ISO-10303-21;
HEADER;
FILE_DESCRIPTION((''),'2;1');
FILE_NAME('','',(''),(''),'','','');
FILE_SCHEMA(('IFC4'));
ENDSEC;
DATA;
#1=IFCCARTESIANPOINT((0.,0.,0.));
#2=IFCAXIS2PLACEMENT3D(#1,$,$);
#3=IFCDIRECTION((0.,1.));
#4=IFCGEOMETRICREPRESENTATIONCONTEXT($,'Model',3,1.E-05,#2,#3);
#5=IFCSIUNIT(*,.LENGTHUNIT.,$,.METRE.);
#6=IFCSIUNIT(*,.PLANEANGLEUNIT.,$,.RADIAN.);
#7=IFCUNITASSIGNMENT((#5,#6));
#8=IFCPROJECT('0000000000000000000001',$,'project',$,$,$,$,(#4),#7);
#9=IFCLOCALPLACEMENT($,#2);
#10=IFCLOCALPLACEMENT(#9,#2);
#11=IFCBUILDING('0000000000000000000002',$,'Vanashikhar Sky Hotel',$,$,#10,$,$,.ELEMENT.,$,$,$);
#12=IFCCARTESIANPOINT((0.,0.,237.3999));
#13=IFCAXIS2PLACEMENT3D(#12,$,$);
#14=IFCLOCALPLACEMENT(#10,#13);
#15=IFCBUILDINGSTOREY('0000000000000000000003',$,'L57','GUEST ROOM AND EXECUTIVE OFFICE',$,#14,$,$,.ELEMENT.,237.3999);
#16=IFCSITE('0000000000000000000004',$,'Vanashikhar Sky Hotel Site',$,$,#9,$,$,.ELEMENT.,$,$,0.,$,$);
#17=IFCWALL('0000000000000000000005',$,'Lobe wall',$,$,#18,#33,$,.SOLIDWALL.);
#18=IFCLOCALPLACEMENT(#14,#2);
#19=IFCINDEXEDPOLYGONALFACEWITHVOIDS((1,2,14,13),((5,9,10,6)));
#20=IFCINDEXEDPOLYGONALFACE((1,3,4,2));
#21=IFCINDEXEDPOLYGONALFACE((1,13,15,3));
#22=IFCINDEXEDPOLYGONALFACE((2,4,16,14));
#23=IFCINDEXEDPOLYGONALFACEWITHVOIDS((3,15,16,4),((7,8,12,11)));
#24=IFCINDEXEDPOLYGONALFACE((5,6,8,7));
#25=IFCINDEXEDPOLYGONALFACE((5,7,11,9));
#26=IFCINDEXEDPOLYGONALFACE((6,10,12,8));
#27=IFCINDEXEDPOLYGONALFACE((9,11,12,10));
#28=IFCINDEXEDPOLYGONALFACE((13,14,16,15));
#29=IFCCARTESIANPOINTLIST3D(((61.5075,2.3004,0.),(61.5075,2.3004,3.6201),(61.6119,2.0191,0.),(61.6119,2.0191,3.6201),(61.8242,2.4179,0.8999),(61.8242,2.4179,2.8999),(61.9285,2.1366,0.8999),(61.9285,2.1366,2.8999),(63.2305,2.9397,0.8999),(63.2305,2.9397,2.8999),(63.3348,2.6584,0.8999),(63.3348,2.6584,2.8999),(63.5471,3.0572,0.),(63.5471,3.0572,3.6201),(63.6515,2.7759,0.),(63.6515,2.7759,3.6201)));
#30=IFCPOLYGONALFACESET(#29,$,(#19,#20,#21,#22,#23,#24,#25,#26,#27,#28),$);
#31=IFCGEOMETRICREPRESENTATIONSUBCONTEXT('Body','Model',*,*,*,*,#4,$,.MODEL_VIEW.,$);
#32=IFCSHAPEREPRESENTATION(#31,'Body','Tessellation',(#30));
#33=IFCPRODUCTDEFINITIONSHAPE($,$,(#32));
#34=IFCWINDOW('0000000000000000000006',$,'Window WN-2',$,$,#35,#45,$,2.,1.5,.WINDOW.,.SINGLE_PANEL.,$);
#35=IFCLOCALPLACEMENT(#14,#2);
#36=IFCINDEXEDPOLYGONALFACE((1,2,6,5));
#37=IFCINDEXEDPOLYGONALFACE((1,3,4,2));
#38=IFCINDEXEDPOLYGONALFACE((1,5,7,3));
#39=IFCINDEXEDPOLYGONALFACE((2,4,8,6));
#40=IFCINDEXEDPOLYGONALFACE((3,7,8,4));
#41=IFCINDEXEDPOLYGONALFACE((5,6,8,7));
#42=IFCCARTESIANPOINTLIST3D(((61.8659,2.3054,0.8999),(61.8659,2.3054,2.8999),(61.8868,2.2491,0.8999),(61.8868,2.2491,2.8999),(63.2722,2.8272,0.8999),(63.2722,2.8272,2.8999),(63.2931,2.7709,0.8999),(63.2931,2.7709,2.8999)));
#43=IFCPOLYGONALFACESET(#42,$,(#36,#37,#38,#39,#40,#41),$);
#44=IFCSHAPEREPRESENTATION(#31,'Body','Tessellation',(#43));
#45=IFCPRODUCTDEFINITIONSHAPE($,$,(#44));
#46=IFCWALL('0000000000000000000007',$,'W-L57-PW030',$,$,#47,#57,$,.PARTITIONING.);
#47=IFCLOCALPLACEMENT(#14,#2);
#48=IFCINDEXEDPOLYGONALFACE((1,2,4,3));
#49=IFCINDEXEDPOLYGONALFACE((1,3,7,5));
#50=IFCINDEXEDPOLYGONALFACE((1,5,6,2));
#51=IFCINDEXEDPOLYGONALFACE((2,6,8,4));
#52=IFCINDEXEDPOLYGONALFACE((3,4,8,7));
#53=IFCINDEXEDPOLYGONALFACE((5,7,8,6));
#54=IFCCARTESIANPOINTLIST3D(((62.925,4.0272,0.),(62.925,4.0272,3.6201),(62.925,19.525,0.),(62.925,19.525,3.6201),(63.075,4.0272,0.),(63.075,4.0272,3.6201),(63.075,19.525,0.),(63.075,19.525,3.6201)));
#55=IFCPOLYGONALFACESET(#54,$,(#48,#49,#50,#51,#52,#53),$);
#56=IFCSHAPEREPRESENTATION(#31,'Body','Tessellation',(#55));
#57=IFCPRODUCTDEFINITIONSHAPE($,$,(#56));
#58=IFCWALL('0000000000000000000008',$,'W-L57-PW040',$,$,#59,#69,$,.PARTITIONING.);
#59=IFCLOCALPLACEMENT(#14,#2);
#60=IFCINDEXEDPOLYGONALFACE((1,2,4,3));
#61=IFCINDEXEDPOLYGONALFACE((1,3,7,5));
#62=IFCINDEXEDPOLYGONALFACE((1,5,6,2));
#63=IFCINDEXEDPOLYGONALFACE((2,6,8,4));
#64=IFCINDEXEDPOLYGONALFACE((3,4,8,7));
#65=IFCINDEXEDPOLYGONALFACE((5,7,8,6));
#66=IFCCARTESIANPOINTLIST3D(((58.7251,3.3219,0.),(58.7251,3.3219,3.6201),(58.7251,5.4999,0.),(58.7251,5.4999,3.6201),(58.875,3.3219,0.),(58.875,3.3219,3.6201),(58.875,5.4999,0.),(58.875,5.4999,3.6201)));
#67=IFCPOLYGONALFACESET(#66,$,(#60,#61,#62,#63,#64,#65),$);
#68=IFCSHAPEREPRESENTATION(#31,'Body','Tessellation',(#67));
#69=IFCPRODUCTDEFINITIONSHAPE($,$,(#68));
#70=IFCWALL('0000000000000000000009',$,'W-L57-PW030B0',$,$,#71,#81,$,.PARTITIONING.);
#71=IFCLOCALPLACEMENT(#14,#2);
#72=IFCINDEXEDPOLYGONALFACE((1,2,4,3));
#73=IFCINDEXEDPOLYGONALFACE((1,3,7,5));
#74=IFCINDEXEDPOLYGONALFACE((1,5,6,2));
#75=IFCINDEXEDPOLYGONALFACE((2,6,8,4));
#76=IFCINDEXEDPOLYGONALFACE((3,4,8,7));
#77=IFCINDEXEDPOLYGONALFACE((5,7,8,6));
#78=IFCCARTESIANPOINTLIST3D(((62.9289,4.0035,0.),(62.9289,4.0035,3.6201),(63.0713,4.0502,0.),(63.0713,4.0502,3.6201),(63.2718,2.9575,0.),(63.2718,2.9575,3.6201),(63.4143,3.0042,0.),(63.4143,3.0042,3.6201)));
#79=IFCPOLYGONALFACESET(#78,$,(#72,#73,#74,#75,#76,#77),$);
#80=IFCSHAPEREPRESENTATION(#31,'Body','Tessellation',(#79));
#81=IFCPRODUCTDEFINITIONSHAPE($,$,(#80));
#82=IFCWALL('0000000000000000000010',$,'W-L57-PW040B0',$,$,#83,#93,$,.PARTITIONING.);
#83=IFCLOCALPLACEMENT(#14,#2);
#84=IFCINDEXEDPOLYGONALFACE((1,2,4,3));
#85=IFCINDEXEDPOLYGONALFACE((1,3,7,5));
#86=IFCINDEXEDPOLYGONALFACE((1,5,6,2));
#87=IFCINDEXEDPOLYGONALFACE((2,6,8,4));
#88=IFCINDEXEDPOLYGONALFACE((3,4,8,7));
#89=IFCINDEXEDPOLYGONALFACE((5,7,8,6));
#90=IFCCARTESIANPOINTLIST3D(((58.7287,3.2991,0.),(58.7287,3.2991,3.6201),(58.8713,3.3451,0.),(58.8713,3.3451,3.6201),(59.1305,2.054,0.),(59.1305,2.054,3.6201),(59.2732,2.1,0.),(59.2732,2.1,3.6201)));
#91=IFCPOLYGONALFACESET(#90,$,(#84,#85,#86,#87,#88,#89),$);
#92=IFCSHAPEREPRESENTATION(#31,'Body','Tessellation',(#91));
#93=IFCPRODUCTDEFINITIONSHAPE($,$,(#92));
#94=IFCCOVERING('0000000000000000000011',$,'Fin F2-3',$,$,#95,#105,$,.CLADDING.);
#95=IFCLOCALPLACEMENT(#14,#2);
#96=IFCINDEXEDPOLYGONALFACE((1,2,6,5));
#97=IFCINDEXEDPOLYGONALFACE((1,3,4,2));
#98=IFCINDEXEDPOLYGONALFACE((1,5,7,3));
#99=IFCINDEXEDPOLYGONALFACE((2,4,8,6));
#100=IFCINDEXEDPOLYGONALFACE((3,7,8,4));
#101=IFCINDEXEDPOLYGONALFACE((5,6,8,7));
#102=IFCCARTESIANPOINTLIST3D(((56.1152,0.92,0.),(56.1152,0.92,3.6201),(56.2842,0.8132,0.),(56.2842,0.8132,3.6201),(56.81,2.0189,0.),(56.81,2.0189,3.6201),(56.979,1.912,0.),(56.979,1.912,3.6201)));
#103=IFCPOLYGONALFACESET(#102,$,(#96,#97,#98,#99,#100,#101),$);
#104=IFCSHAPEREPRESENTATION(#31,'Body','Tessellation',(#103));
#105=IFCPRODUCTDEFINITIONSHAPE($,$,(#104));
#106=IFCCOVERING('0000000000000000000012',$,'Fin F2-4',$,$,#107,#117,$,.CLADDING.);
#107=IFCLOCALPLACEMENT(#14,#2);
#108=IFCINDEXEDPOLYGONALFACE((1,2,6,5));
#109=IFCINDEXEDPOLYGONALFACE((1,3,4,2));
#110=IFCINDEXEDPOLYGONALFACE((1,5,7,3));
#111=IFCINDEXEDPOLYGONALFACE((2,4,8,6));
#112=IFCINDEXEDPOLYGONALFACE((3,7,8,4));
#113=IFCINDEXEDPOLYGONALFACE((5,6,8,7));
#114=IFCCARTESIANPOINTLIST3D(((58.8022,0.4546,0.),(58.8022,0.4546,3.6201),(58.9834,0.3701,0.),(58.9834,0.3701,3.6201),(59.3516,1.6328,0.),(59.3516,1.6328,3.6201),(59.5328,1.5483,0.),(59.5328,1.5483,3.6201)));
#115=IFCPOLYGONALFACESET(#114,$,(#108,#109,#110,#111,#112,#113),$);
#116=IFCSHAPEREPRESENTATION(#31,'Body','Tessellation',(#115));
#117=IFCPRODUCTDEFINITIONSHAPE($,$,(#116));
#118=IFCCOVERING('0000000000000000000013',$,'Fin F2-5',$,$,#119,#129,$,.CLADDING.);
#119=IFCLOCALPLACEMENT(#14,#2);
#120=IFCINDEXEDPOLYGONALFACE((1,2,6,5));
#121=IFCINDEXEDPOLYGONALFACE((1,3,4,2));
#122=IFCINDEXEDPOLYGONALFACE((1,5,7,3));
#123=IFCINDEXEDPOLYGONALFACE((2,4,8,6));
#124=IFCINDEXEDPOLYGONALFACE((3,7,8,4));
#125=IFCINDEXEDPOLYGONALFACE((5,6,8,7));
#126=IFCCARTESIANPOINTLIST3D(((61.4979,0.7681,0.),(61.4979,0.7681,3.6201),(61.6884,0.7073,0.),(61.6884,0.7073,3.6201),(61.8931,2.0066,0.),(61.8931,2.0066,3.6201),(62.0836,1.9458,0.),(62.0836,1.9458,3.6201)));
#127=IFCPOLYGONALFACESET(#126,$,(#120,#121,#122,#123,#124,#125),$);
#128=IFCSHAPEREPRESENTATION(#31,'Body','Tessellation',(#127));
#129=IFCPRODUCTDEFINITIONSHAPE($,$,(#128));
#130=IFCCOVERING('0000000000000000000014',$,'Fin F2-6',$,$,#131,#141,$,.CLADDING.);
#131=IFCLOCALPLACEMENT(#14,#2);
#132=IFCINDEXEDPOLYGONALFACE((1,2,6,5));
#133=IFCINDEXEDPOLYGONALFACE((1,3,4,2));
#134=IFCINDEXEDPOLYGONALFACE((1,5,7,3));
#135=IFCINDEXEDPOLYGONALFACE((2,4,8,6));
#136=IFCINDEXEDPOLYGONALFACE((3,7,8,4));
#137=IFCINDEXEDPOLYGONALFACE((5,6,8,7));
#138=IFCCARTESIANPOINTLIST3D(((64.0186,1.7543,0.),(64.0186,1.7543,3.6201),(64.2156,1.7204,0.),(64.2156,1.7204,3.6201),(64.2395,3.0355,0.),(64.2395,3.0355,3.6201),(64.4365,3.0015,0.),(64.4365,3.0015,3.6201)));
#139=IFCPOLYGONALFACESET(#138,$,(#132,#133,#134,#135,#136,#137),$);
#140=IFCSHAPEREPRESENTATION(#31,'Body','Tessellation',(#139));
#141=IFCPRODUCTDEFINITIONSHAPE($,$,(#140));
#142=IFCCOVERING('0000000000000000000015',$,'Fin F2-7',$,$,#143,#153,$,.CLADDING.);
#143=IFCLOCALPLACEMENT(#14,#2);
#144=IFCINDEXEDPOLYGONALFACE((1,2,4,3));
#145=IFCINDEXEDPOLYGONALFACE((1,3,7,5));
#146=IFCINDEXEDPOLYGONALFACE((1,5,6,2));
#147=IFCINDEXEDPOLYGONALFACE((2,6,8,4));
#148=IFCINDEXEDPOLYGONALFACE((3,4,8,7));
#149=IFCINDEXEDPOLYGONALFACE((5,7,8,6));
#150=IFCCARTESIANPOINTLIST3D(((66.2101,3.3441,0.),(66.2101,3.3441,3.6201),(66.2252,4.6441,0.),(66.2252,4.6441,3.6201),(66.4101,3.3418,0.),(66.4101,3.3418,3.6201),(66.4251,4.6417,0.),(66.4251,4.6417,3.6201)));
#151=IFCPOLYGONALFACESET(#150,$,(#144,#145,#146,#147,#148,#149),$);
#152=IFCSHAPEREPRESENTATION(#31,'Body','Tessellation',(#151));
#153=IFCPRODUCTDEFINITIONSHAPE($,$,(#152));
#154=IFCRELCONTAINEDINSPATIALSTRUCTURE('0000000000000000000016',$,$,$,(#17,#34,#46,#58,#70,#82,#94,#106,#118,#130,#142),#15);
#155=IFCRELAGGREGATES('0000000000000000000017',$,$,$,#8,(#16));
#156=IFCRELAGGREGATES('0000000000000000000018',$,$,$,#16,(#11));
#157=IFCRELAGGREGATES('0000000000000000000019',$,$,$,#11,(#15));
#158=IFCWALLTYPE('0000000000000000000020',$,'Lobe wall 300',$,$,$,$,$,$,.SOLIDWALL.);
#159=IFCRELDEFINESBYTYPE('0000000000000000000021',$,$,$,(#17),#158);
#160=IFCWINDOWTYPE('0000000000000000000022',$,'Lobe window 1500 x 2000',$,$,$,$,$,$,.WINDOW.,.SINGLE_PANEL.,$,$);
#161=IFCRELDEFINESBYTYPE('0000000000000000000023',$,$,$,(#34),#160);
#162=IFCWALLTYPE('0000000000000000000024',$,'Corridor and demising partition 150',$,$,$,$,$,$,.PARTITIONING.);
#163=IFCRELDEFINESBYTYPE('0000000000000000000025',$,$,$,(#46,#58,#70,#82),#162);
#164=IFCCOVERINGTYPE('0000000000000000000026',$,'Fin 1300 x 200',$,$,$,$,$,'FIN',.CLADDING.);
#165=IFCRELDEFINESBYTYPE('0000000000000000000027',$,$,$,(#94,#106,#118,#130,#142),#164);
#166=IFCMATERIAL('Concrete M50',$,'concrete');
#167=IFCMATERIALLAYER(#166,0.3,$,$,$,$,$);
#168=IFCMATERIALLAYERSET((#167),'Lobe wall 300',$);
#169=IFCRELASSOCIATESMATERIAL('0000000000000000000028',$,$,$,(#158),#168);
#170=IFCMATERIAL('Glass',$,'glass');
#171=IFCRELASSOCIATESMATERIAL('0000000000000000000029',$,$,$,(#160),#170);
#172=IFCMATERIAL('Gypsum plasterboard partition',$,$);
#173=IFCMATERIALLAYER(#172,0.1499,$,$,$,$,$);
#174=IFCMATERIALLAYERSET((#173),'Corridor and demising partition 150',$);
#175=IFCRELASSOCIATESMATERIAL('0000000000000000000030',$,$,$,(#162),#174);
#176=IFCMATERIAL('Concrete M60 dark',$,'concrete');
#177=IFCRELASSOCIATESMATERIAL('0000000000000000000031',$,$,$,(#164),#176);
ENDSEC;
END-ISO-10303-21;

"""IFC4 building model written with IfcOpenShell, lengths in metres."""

from ifc_helpers import new_model, si_unit, direction, frame, frame_2d, origin, origin_2d, place, context, subcontext, project, spatial, rectangle, extrude, source, transform, mapped, material, layer, layer_set, material_profile, profile_set, type_object, element, fill, save


model = new_model("IFC4")

# Units and contexts
model_context = context("Model", 3, precision=1e-05, world=origin(), true_north=direction((0.0, 1.0)))
body_context = subcontext(model_context, "Body", "Model", "MODEL_VIEW")
ifc_project = project(units=[si_unit("LENGTHUNIT", "METRE"), si_unit("PLANEANGLEUNIT", "RADIAN")], contexts=[model_context])

# Site, building, storey
site_placement = place(None, origin())
site = spatial("IfcSite", under=ifc_project, at=site_placement, Name="Vanashikhar Sky Hotel Site", CompositionType="ELEMENT", RefElevation=0.0)
building_placement = place(site_placement, origin())
building = spatial("IfcBuilding", under=site, at=building_placement, Name="Vanashikhar Sky Hotel", CompositionType="ELEMENT")
storey_placement = place(building_placement, frame((0.0, 0.0, 237.3999)))
storey = spatial("IfcBuildingStorey", under=building, at=storey_placement, Name="L57", Description="GUEST ROOM AND EXECUTIVE OFFICE", CompositionType="ELEMENT", Elevation=237.3999)

# Shared definitions
ifc_material_1 = material(Name="Concrete M50", Category="concrete")

# Wall, opening, window
ifc_layer_1 = layer(ifc_material_1, 0.3)
ifc_layer_set_1 = layer_set([ifc_layer_1], Name="Lobe wall 300")
wall_type_1 = type_object("IfcWallType", Name="Lobe wall 300", PredefinedType="SOLIDWALL", material=ifc_layer_set_1)
shared_shape_1 = source(origin(), body_context, "Body", "SweptSolid", [
    extrude(rectangle(XDim=1.5, YDim=2.0, at=frame_2d((0.75, 1.0))), frame((0.0, 0.1602, 0.0), z_axis=(0.0, -1.0, 0.0), x_axis=(1.0, 0.0, 0.0)), (0.0, 0.0, 1.0), 0.3201),
])
ifc_material_2 = material(Name="Glass", Category="glass")
window_type = type_object("IfcWindowType", Name="Lobe window 1500 x 2000", PartitioningType="SINGLE_PANEL", PredefinedType="WINDOW", material=ifc_material_2)
shared_shape_2 = source(origin(), body_context, "Body", "SweptSolid", [
    extrude(rectangle(XDim=1.5, YDim=2.0, at=frame_2d((0.75, 1.0))), frame((0.0, 0.03, 0.0), z_axis=(0.0, -1.0, 0.0), x_axis=(1.0, 0.0, 0.0)), (0.0, 0.0, 1.0), 0.0601),
])
shared_shape_3 = source(origin(), body_context, "Body", "SweptSolid", [
    extrude(rectangle(XDim=2.1755, YDim=0.3, at=frame_2d((1.0879, 0.0))), origin(), (0.0, 0.0, 1.0), 3.6201),
])
wall_1_placement = place(storey_placement, frame((61.5596, 2.1597, 0.0), z_axis=(0.0, 0.0, 1.0), x_axis=(0.937532, 0.347899, 0.0)))
wall_1 = element("IfcWall", 1, at=wall_1_placement, inside=storey, type_object=wall_type_1, Name="Lobe wall", PredefinedType="SOLIDWALL", context=body_context, shape_type="MappedRepresentation", body=[
    mapped(shared_shape_3, transform((0.0, 0.0, 0.0), scale=1.0)),
])
opening_1_placement = place(wall_1_placement, frame((0.3379, 0.0, 0.8999)))
opening_1 = element("IfcOpeningElement", 2, at=opening_1_placement, cuts=wall_1, PredefinedType="OPENING", context=body_context, shape_type="MappedRepresentation", body=[
    mapped(shared_shape_1, transform((0.0, 0.0, 0.0), scale=1.0)),
])
window_1_placement = place(opening_1_placement, origin())
window_1 = element("IfcWindow", 3, at=window_1_placement, inside=storey, type_object=window_type, Name="Window WN-2", OverallHeight=2.0, OverallWidth=1.5, PartitioningType="SINGLE_PANEL", PredefinedType="WINDOW", context=body_context, shape_type="MappedRepresentation", body=[
    mapped(shared_shape_2, transform((0.0, 0.0, 0.0), scale=1.0)),
])
fill(opening_1, window_1)

# Walls
ifc_material_3 = material(Name="Gypsum plasterboard partition")
ifc_layer_2 = layer(ifc_material_3, 0.1499)
ifc_layer_set_2 = layer_set([ifc_layer_2], Name="Corridor and demising partition 150")
wall_type_2 = type_object("IfcWallType", Name="Corridor and demising partition 150", PredefinedType="PARTITIONING", material=ifc_layer_set_2)
shared_shape_4 = source(origin(), body_context, "Body", "SweptSolid", [
    extrude(rectangle(XDim=15.4978, YDim=0.1499, at=frame_2d((7.749, 0.0))), origin(), (0.0, 0.0, 1.0), 3.6201),
])
wall_2_placement = place(storey_placement, frame((63.0, 4.0271, 0.0), z_axis=(0.0, 0.0, 1.0), x_axis=(0.0, 1.0, 0.0)))
element("IfcWall", 4, at=wall_2_placement, inside=storey, type_object=wall_type_2, Name="W-L57-PW030", PredefinedType="PARTITIONING", context=body_context, shape_type="MappedRepresentation", body=[
    mapped(shared_shape_4, transform((0.0, 0.0, 0.0), scale=1.0)),
])
shared_shape_5 = source(origin(), body_context, "Body", "SweptSolid", [
    extrude(rectangle(XDim=2.178, YDim=0.1499, at=frame_2d((1.0889, 0.0))), origin(), (0.0, 0.0, 1.0), 3.6201),
])
wall_3_placement = place(storey_placement, frame((58.8, 3.322, 0.0), z_axis=(0.0, 0.0, 1.0), x_axis=(0.0, 1.0, 0.0)))
element("IfcWall", 5, at=wall_3_placement, inside=storey, type_object=wall_type_2, Name="W-L57-PW040", PredefinedType="PARTITIONING", context=body_context, shape_type="MappedRepresentation", body=[
    mapped(shared_shape_5, transform((0.0, 0.0, 0.0), scale=1.0)),
])
shared_shape_6 = source(origin(), body_context, "Body", "SweptSolid", [
    extrude(rectangle(XDim=1.1008, YDim=0.1499, at=frame_2d((0.5503, 0.0))), origin(), (0.0, 0.0, 1.0), 3.6201),
])
wall_4_placement = place(storey_placement, frame((63.343, 2.981, 0.0), z_axis=(0.0, 0.0, 1.0), x_axis=(-0.311567, 0.950224, 0.0)))
element("IfcWall", 6, at=wall_4_placement, inside=storey, type_object=wall_type_2, Name="W-L57-PW030B0", PredefinedType="PARTITIONING", context=body_context, shape_type="MappedRepresentation", body=[
    mapped(shared_shape_6, transform((0.0, 0.0, 0.0), scale=1.0)),
])
shared_shape_7 = source(origin(), body_context, "Body", "SweptSolid", [
    extrude(rectangle(XDim=1.3083, YDim=0.1499, at=frame_2d((0.6543, 0.0))), origin(), (0.0, 0.0, 1.0), 3.6201),
])
wall_5_placement = place(storey_placement, frame((59.2019, 2.0769, 0.0), z_axis=(0.0, 0.0, 1.0), x_axis=(-0.307145, 0.951663, 0.0)))
element("IfcWall", 7, at=wall_5_placement, inside=storey, type_object=wall_type_2, Name="W-L57-PW040B0", PredefinedType="PARTITIONING", context=body_context, shape_type="MappedRepresentation", body=[
    mapped(shared_shape_7, transform((0.0, 0.0, 0.0), scale=1.0)),
])

# Coverings
ifc_material_4 = material(Name="Concrete M60 dark", Category="concrete")
ifc_material_profile_1 = material_profile(ifc_material_4, rectangle(XDim=1.3, YDim=0.2, at=origin_2d()))
ifc_profile_set_1 = profile_set([ifc_material_profile_1], Name="Fin 1300 x 200")
covering_type = type_object("IfcCoveringType", Name="Fin 1300 x 200", ElementType="FIN", PredefinedType="CLADDING", material=ifc_profile_set_1)
shared_shape_8 = source(origin(), body_context, "Body", "SweptSolid", [
    extrude(rectangle(XDim=1.3, YDim=0.2, at=origin_2d()), origin(), (0.0, 0.0, 1.0), 3.6201),
])
for number, where, z_axis, x_axis, name in (
    (8, (56.5471, 1.416, 0.0), (0.0, 0.0, 1.0), (-0.534411, -0.845225, 0.0), "Fin F2-3"),
    (9, (59.1675, 1.0015, 0.0), (0.0, 0.0, 1.0), (-0.422618, -0.906308, 0.0), "Fin F2-4"),
    (10, (61.7908, 1.3569, 0.0), (0.0, 0.0, 1.0), (-0.303967, -0.952683, 0.0), "Fin F2-5"),
    (11, (64.2275, 2.3779, 0.0), (0.0, 0.0, 1.0), (-0.1699, -0.985461, 0.0), "Fin F2-6"),
    (12, (66.3176, 3.9929, 0.0), (0.0, 0.0, 1.0), (-0.011589, -0.999933, 0.0), "Fin F2-7"),
):
    element("IfcCovering", number, at=place(storey_placement, frame(where, z_axis=z_axis, x_axis=x_axis)), inside=storey, type_object=covering_type, Name=name, PredefinedType="CLADDING", context=body_context, shape_type="MappedRepresentation", body=[
        mapped(shared_shape_8, transform((0.0, 0.0, 0.0), scale=1.0)),
    ])

save(model, "model.ifc")
